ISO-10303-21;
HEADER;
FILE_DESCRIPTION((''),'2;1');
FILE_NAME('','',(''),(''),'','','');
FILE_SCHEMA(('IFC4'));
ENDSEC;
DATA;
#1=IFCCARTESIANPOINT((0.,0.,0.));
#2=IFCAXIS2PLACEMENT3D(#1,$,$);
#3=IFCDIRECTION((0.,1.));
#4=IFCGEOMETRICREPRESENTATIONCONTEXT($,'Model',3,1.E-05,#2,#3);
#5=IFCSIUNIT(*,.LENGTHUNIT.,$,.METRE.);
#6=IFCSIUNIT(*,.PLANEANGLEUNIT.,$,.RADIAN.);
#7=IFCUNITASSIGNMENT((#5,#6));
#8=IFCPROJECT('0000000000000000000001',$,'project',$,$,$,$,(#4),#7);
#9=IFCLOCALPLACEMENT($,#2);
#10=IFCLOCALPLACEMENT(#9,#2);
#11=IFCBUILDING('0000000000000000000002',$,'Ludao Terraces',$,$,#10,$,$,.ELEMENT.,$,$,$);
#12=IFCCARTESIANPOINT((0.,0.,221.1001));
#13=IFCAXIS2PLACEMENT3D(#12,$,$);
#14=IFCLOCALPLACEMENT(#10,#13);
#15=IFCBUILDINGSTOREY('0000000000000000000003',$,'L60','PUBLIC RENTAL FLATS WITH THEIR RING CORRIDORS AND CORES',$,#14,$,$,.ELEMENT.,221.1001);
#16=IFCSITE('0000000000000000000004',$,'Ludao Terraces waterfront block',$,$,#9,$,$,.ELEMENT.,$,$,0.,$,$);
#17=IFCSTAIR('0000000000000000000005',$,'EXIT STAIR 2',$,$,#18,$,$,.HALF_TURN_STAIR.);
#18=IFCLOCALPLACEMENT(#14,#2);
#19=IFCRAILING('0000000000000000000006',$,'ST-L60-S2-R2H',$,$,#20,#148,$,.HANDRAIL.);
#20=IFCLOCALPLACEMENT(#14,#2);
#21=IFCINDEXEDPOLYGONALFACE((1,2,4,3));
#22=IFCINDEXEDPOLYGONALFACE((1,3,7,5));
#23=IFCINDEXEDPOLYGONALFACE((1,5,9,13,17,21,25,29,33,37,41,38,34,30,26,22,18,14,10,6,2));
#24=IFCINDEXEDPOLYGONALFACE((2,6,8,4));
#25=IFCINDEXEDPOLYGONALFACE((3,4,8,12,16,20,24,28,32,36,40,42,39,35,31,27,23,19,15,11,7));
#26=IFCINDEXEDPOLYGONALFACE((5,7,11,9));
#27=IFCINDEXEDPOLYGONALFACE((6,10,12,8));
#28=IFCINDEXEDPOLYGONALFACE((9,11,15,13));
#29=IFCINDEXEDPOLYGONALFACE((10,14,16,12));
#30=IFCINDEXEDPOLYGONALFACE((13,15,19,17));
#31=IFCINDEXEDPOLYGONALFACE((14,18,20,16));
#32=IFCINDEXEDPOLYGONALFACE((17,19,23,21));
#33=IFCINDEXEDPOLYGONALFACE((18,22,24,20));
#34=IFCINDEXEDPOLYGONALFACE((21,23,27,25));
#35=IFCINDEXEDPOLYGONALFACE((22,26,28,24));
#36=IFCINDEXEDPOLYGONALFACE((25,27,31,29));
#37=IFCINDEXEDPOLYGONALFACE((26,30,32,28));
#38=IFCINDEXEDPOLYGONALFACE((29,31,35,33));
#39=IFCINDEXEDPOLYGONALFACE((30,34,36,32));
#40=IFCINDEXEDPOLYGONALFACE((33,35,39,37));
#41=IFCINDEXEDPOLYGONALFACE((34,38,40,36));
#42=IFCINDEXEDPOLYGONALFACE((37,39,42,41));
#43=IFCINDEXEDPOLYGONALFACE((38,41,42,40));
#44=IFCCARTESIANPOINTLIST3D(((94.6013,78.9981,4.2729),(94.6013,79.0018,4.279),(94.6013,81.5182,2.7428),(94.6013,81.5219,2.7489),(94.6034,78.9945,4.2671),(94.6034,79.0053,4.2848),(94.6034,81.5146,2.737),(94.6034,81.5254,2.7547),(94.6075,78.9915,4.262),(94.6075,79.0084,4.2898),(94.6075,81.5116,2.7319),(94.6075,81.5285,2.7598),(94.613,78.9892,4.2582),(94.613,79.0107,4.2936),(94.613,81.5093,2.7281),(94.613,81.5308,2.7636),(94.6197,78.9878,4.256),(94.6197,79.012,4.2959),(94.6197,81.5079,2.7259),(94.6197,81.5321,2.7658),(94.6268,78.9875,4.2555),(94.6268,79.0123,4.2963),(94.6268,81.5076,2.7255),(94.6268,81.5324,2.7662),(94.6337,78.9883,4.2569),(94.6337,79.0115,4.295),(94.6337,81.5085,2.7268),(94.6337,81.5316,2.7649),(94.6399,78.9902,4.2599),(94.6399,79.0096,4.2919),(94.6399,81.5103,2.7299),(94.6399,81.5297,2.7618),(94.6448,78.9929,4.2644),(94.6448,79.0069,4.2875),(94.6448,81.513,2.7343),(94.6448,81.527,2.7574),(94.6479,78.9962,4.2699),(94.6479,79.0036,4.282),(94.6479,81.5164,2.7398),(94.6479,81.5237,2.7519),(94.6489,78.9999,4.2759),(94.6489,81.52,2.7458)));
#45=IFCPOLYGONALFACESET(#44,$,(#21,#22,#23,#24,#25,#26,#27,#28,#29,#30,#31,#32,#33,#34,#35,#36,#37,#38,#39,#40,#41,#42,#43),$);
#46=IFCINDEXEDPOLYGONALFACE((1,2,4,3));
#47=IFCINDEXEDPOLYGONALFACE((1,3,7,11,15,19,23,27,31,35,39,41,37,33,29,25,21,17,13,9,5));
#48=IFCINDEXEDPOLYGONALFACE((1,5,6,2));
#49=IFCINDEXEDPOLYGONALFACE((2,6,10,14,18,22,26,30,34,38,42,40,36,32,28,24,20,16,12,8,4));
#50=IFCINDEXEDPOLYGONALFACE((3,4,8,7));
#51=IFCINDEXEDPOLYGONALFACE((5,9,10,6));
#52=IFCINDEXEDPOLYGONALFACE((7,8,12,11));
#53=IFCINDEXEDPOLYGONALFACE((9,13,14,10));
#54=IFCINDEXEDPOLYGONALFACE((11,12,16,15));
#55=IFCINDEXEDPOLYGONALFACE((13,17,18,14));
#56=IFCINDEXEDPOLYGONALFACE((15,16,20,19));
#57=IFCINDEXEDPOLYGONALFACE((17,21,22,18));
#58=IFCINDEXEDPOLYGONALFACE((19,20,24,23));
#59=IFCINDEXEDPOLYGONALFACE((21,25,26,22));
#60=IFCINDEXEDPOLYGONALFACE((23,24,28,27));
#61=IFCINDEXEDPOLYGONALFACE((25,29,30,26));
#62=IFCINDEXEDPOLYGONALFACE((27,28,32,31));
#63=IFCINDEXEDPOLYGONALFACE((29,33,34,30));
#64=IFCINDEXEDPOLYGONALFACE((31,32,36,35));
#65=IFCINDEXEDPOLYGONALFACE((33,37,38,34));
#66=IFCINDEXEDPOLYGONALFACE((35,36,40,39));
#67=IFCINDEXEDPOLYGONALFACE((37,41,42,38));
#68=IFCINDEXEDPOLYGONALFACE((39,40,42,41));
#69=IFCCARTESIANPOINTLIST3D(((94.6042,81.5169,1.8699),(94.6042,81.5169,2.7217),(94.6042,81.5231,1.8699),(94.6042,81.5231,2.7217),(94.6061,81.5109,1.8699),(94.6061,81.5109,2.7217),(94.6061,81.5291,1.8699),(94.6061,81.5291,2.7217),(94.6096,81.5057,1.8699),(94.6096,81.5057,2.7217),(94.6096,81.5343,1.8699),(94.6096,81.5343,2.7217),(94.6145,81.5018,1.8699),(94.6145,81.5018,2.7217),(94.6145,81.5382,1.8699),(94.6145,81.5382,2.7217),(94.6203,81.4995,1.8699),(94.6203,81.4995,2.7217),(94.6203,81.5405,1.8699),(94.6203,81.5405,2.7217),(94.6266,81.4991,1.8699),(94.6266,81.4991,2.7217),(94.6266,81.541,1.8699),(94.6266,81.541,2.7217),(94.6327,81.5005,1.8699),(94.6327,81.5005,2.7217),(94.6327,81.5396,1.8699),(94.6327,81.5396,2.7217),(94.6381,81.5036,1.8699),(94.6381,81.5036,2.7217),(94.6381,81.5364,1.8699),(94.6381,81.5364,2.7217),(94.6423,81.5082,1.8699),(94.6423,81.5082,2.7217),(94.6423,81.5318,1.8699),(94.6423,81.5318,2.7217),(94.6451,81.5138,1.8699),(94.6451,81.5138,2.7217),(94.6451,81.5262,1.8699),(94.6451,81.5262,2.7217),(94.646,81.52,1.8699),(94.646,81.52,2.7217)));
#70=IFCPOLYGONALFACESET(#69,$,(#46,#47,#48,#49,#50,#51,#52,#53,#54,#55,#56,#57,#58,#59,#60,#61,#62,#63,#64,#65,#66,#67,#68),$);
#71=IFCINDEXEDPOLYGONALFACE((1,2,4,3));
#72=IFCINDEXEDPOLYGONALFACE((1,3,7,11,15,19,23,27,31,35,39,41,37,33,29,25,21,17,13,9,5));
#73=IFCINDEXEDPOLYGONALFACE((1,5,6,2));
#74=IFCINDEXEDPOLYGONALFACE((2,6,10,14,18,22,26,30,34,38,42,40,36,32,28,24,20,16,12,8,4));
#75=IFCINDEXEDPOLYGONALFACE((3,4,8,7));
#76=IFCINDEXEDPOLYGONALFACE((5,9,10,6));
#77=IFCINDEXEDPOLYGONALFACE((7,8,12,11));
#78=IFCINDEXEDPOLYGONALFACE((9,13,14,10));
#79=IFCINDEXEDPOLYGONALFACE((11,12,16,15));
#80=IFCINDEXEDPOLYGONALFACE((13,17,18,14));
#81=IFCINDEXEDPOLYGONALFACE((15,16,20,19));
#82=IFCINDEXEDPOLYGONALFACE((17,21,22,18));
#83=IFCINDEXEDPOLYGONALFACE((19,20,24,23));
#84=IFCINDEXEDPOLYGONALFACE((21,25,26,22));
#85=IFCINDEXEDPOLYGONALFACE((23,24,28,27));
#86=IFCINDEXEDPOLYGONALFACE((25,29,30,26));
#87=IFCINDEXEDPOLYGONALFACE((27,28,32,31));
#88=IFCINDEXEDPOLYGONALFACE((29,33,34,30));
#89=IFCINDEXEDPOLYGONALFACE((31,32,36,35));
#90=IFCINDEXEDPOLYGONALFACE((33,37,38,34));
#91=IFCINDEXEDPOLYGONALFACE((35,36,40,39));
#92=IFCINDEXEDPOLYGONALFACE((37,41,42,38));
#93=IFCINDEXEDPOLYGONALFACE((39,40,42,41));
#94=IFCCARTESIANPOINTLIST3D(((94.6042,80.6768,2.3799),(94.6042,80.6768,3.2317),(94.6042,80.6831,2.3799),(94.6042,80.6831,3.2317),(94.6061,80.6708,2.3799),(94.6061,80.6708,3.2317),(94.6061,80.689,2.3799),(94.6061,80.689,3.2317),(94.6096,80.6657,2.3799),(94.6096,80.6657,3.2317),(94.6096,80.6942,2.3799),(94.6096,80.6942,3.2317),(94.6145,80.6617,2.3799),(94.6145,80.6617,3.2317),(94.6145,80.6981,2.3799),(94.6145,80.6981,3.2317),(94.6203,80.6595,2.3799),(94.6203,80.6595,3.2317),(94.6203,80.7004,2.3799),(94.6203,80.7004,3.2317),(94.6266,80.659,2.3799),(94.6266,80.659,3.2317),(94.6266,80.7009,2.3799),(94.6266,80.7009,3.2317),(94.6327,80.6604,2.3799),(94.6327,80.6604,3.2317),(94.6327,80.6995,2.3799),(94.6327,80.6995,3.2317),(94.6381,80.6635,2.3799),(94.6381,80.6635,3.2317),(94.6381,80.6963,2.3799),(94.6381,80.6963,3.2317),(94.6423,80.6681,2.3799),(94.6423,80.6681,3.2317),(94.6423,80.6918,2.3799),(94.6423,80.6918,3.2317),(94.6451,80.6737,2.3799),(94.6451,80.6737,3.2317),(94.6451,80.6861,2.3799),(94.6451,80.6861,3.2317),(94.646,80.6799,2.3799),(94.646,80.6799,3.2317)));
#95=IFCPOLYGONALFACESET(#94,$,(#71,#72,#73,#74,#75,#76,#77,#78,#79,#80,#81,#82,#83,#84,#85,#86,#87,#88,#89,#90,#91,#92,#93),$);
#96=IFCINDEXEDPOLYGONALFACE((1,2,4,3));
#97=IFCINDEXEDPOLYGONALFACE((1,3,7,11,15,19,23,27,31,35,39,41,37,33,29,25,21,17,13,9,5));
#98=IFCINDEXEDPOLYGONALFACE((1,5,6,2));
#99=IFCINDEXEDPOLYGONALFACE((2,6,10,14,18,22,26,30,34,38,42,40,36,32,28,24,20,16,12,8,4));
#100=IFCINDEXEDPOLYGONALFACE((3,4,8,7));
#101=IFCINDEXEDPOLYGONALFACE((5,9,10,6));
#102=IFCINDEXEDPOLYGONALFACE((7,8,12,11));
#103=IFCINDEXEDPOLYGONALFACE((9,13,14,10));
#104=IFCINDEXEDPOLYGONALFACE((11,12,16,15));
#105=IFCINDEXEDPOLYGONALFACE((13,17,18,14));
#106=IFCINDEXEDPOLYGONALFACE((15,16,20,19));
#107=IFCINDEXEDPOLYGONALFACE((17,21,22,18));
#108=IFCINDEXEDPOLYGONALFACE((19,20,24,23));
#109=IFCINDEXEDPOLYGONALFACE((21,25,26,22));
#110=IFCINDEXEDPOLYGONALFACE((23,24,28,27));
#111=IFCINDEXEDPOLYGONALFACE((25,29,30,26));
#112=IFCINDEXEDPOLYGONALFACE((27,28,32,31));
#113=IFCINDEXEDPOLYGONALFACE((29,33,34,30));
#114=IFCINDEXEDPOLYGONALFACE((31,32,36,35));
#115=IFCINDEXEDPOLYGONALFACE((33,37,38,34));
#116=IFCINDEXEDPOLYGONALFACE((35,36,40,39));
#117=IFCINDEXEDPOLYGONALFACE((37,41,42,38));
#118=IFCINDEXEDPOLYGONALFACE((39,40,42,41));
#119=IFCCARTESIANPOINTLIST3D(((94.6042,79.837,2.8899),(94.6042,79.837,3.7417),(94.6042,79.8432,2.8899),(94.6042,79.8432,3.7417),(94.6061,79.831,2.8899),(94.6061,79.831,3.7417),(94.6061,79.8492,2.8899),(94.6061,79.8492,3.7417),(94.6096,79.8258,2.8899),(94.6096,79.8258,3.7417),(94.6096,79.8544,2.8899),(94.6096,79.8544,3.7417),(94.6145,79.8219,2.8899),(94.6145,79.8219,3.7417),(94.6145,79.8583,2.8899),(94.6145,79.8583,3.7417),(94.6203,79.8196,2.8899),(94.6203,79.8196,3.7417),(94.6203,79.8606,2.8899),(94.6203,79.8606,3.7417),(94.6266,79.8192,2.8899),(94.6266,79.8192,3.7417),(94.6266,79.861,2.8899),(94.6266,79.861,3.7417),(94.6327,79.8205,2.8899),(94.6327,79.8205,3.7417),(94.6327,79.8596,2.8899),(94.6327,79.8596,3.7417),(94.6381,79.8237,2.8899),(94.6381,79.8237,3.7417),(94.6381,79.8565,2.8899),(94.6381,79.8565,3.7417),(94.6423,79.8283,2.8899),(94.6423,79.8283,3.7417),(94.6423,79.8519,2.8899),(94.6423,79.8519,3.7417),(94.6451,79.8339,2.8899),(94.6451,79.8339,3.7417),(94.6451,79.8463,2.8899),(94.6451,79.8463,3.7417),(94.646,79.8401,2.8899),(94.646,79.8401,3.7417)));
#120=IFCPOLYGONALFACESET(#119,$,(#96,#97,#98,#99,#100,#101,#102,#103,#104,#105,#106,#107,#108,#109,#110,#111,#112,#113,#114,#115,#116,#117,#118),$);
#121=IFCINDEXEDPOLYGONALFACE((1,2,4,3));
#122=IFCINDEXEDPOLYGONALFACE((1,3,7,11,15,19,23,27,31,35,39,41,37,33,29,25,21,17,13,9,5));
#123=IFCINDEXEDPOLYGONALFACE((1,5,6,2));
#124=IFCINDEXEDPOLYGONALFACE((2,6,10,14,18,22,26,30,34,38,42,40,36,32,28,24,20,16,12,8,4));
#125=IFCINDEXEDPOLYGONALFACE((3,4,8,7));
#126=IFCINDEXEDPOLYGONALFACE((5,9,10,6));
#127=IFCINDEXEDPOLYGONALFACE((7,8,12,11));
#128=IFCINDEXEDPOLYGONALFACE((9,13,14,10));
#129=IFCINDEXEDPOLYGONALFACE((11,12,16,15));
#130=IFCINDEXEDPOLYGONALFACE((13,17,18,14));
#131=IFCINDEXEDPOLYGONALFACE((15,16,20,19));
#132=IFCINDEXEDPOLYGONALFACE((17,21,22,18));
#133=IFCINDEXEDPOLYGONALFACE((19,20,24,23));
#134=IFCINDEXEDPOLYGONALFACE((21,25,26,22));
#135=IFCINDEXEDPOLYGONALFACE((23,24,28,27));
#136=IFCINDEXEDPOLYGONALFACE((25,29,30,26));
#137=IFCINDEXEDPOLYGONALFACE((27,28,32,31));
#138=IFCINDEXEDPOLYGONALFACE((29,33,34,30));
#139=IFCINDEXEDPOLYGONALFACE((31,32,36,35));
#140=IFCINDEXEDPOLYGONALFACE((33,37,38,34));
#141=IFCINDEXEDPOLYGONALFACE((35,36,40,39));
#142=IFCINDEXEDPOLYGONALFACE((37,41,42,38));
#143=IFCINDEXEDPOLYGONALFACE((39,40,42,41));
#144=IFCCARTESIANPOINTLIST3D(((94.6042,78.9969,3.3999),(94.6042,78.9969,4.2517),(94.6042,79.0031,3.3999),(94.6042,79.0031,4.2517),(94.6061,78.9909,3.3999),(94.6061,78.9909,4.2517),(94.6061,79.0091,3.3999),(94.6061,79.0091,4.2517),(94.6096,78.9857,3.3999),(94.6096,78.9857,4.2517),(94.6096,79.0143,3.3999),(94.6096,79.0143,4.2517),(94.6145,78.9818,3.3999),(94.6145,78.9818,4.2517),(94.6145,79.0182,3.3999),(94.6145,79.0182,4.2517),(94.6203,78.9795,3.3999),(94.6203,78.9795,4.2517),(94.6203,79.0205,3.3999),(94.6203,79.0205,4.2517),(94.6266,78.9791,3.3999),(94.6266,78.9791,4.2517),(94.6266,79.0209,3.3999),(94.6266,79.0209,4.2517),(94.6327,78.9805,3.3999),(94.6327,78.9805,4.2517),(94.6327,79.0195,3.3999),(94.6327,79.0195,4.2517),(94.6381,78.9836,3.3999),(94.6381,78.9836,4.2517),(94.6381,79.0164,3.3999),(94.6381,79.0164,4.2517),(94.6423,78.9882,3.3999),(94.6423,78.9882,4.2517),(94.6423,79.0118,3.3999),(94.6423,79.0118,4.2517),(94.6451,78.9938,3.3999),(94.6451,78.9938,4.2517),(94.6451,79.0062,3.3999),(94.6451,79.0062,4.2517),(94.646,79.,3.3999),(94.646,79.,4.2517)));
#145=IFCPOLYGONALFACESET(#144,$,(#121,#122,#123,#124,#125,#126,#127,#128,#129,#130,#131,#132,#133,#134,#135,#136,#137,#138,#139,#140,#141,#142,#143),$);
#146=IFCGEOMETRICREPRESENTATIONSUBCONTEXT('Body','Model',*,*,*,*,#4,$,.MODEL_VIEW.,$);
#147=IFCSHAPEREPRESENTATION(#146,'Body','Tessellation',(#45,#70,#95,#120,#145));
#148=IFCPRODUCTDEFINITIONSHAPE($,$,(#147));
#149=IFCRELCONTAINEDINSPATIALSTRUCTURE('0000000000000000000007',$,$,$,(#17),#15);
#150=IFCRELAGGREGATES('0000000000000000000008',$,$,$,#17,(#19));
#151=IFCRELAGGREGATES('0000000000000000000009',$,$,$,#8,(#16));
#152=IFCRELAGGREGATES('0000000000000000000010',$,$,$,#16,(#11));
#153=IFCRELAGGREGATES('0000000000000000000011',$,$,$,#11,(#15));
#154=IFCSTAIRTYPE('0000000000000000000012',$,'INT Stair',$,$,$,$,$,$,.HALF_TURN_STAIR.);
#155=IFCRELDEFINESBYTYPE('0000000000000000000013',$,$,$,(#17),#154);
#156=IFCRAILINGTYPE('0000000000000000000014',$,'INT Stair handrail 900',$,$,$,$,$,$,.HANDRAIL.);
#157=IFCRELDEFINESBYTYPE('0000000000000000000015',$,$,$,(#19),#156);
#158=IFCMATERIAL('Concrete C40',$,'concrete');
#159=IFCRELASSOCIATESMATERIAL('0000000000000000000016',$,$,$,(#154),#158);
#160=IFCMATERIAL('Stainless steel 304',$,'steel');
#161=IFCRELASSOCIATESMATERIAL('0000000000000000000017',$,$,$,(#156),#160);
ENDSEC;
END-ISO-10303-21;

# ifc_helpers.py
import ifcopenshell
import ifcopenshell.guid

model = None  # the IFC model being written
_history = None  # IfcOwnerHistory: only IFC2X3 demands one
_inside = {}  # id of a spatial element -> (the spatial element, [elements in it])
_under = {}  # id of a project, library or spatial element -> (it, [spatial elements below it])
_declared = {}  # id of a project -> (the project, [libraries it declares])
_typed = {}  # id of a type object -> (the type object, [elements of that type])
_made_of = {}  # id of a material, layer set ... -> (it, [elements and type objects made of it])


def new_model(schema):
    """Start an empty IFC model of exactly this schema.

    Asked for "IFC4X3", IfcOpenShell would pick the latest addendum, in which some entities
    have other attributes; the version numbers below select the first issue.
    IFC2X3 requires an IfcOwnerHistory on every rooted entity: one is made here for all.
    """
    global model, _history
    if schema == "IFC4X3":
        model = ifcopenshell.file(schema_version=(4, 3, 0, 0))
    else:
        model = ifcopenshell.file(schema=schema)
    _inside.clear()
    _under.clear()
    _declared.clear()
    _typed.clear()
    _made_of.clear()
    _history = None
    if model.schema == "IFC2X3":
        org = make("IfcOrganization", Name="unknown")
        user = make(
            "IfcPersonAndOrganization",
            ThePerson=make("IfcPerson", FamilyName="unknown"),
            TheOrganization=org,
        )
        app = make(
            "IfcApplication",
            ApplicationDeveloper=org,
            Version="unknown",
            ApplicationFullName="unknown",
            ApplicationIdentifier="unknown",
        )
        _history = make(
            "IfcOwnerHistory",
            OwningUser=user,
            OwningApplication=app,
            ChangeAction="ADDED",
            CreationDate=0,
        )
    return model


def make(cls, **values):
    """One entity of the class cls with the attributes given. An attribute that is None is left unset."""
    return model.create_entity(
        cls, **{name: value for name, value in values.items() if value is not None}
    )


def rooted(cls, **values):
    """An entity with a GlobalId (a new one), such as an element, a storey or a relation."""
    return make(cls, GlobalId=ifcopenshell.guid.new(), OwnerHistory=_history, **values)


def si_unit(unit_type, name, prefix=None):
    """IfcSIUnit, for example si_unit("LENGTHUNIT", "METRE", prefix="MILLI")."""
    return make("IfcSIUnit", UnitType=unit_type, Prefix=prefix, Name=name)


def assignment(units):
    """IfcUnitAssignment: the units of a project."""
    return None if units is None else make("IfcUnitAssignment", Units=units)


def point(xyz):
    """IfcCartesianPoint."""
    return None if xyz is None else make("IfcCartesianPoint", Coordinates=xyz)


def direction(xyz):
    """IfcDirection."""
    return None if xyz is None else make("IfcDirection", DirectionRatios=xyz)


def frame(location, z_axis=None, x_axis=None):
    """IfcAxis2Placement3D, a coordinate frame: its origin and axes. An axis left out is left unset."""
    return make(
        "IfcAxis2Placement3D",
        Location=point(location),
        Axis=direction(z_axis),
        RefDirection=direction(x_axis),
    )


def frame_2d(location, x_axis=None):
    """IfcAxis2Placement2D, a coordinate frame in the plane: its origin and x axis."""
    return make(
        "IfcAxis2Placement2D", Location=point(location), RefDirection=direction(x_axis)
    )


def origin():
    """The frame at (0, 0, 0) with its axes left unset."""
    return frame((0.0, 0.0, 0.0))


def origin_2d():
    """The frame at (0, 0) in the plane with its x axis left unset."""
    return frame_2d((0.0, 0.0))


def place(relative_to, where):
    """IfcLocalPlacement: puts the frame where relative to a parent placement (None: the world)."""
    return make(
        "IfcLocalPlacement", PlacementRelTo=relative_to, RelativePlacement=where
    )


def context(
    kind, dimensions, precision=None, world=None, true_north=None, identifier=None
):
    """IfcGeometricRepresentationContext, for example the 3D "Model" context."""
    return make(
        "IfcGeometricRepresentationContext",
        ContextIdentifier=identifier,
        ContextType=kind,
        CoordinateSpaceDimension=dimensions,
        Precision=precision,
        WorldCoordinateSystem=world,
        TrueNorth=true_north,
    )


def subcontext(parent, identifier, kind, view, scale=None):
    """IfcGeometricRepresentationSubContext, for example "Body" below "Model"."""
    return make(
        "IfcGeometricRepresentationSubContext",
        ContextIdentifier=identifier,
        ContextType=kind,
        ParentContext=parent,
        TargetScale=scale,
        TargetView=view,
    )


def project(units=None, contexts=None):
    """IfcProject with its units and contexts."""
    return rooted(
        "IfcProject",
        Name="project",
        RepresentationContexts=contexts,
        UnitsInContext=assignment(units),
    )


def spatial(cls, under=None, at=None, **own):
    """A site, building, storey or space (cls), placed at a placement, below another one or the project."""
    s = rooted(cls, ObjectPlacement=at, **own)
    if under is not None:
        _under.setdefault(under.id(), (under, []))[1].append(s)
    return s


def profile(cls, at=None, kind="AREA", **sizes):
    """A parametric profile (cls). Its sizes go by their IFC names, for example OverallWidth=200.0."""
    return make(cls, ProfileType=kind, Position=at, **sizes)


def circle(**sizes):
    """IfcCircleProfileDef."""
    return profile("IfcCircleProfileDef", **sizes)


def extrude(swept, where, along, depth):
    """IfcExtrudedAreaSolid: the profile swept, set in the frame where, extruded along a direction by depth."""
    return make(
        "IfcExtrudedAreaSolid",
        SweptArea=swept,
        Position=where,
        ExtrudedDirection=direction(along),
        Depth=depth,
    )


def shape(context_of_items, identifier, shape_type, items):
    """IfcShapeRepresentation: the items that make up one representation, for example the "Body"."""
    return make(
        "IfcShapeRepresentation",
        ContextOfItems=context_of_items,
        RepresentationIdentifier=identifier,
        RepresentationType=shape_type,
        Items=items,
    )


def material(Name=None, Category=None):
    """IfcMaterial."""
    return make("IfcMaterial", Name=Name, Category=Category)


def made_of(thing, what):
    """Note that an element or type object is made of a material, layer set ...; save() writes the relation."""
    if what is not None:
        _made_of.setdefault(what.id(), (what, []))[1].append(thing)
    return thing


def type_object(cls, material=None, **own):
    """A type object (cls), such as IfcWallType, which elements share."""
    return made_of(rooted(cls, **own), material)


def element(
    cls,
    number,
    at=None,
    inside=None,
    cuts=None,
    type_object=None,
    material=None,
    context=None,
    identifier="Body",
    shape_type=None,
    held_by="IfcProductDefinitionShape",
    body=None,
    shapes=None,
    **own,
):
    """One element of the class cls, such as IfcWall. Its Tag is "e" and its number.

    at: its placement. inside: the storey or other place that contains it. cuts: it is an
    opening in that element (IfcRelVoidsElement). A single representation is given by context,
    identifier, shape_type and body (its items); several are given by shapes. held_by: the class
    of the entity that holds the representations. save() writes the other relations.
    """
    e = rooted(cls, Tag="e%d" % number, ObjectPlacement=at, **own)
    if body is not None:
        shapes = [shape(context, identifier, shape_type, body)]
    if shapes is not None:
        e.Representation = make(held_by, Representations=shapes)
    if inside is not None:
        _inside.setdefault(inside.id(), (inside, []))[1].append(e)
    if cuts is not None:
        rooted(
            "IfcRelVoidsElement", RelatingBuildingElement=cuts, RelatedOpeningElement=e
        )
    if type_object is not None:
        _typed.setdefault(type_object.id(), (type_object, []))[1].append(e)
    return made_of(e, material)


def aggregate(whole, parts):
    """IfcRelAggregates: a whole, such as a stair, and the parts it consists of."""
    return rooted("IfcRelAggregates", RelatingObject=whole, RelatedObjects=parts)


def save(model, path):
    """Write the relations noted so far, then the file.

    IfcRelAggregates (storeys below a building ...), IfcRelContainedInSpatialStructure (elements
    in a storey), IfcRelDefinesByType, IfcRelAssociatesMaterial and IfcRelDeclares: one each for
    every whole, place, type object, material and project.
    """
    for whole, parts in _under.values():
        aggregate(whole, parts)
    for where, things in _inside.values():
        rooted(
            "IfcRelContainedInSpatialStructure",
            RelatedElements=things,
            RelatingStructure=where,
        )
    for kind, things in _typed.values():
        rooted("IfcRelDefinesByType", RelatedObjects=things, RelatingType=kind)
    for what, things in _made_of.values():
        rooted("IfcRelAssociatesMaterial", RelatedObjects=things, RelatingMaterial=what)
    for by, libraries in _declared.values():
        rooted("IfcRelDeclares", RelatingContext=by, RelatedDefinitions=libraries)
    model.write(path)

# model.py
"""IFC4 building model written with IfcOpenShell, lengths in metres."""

from ifc_helpers import new_model, si_unit, direction, frame, origin, origin_2d, place, context, subcontext, project, spatial, circle, extrude, material, type_object, element, aggregate, save


model = new_model("IFC4")

# Units and contexts
model_context = context("Model", 3, precision=1e-05, world=origin(), true_north=direction((0.0, 1.0)))
body_context = subcontext(model_context, "Body", "Model", "MODEL_VIEW")
ifc_project = project(units=[si_unit("LENGTHUNIT", "METRE"), si_unit("PLANEANGLEUNIT", "RADIAN")], contexts=[model_context])

# Site, building, storey
site_placement = place(None, origin())
site = spatial("IfcSite", under=ifc_project, at=site_placement, Name="Ludao Terraces waterfront block", CompositionType="ELEMENT", RefElevation=0.0)
building_placement = place(site_placement, origin())
building = spatial("IfcBuilding", under=site, at=building_placement, Name="Ludao Terraces", CompositionType="ELEMENT")
storey_placement = place(building_placement, frame((0.0, 0.0, 221.1001)))
storey = spatial("IfcBuildingStorey", under=building, at=storey_placement, Name="L60", Description="PUBLIC RENTAL FLATS WITH THEIR RING CORRIDORS AND CORES", CompositionType="ELEMENT", Elevation=221.1001)

# Shared definitions
ifc_material_1 = material(Name="Stainless steel 304", Category="steel")

# Stair, railing
ifc_material_2 = material(Name="Concrete C40", Category="concrete")
stair_type = type_object("IfcStairType", Name="INT Stair", PredefinedType="HALF_TURN_STAIR", material=ifc_material_2)
stair_placement = place(storey_placement, origin())
stair = element("IfcStair", 1, at=stair_placement, inside=storey, type_object=stair_type, Name="EXIT STAIR 2", PredefinedType="HALF_TURN_STAIR")
railing_type_1 = type_object("IfcRailingType", Name="INT Stair handrail 900", PredefinedType="HANDRAIL", material=ifc_material_1)
railing_1_placement = place(storey_placement, frame((94.625, 81.52, 1.8699)))
railing_1 = element("IfcRailing", 2, at=railing_1_placement, type_object=railing_type_1, Name="ST-L60-S2-R2H", PredefinedType="HANDRAIL", context=body_context, shape_type="SweptSolid", body=[
    extrude(circle(Radius=0.0239, at=origin_2d()), frame((0.0, 0.0, 0.876), z_axis=(0.0, -0.854785, 0.518982), x_axis=(1.0, 0.0, 0.0)), (0.0, 0.0, 1.0), 2.9482),
    extrude(circle(Radius=0.021, at=origin_2d()), origin(), (0.0, 0.0, 1.0), 0.8518),
    extrude(circle(Radius=0.021, at=origin_2d()), frame((0.0, -0.8401, 0.51)), (0.0, 0.0, 1.0), 0.8518),
    extrude(circle(Radius=0.021, at=origin_2d()), frame((0.0, -1.6799, 1.02)), (0.0, 0.0, 1.0), 0.8518),
    extrude(circle(Radius=0.021, at=origin_2d()), frame((0.0, -2.52, 1.53)), (0.0, 0.0, 1.0), 0.8518),
])
aggregate(stair, [railing_1])

save(model, "model.ifc")
